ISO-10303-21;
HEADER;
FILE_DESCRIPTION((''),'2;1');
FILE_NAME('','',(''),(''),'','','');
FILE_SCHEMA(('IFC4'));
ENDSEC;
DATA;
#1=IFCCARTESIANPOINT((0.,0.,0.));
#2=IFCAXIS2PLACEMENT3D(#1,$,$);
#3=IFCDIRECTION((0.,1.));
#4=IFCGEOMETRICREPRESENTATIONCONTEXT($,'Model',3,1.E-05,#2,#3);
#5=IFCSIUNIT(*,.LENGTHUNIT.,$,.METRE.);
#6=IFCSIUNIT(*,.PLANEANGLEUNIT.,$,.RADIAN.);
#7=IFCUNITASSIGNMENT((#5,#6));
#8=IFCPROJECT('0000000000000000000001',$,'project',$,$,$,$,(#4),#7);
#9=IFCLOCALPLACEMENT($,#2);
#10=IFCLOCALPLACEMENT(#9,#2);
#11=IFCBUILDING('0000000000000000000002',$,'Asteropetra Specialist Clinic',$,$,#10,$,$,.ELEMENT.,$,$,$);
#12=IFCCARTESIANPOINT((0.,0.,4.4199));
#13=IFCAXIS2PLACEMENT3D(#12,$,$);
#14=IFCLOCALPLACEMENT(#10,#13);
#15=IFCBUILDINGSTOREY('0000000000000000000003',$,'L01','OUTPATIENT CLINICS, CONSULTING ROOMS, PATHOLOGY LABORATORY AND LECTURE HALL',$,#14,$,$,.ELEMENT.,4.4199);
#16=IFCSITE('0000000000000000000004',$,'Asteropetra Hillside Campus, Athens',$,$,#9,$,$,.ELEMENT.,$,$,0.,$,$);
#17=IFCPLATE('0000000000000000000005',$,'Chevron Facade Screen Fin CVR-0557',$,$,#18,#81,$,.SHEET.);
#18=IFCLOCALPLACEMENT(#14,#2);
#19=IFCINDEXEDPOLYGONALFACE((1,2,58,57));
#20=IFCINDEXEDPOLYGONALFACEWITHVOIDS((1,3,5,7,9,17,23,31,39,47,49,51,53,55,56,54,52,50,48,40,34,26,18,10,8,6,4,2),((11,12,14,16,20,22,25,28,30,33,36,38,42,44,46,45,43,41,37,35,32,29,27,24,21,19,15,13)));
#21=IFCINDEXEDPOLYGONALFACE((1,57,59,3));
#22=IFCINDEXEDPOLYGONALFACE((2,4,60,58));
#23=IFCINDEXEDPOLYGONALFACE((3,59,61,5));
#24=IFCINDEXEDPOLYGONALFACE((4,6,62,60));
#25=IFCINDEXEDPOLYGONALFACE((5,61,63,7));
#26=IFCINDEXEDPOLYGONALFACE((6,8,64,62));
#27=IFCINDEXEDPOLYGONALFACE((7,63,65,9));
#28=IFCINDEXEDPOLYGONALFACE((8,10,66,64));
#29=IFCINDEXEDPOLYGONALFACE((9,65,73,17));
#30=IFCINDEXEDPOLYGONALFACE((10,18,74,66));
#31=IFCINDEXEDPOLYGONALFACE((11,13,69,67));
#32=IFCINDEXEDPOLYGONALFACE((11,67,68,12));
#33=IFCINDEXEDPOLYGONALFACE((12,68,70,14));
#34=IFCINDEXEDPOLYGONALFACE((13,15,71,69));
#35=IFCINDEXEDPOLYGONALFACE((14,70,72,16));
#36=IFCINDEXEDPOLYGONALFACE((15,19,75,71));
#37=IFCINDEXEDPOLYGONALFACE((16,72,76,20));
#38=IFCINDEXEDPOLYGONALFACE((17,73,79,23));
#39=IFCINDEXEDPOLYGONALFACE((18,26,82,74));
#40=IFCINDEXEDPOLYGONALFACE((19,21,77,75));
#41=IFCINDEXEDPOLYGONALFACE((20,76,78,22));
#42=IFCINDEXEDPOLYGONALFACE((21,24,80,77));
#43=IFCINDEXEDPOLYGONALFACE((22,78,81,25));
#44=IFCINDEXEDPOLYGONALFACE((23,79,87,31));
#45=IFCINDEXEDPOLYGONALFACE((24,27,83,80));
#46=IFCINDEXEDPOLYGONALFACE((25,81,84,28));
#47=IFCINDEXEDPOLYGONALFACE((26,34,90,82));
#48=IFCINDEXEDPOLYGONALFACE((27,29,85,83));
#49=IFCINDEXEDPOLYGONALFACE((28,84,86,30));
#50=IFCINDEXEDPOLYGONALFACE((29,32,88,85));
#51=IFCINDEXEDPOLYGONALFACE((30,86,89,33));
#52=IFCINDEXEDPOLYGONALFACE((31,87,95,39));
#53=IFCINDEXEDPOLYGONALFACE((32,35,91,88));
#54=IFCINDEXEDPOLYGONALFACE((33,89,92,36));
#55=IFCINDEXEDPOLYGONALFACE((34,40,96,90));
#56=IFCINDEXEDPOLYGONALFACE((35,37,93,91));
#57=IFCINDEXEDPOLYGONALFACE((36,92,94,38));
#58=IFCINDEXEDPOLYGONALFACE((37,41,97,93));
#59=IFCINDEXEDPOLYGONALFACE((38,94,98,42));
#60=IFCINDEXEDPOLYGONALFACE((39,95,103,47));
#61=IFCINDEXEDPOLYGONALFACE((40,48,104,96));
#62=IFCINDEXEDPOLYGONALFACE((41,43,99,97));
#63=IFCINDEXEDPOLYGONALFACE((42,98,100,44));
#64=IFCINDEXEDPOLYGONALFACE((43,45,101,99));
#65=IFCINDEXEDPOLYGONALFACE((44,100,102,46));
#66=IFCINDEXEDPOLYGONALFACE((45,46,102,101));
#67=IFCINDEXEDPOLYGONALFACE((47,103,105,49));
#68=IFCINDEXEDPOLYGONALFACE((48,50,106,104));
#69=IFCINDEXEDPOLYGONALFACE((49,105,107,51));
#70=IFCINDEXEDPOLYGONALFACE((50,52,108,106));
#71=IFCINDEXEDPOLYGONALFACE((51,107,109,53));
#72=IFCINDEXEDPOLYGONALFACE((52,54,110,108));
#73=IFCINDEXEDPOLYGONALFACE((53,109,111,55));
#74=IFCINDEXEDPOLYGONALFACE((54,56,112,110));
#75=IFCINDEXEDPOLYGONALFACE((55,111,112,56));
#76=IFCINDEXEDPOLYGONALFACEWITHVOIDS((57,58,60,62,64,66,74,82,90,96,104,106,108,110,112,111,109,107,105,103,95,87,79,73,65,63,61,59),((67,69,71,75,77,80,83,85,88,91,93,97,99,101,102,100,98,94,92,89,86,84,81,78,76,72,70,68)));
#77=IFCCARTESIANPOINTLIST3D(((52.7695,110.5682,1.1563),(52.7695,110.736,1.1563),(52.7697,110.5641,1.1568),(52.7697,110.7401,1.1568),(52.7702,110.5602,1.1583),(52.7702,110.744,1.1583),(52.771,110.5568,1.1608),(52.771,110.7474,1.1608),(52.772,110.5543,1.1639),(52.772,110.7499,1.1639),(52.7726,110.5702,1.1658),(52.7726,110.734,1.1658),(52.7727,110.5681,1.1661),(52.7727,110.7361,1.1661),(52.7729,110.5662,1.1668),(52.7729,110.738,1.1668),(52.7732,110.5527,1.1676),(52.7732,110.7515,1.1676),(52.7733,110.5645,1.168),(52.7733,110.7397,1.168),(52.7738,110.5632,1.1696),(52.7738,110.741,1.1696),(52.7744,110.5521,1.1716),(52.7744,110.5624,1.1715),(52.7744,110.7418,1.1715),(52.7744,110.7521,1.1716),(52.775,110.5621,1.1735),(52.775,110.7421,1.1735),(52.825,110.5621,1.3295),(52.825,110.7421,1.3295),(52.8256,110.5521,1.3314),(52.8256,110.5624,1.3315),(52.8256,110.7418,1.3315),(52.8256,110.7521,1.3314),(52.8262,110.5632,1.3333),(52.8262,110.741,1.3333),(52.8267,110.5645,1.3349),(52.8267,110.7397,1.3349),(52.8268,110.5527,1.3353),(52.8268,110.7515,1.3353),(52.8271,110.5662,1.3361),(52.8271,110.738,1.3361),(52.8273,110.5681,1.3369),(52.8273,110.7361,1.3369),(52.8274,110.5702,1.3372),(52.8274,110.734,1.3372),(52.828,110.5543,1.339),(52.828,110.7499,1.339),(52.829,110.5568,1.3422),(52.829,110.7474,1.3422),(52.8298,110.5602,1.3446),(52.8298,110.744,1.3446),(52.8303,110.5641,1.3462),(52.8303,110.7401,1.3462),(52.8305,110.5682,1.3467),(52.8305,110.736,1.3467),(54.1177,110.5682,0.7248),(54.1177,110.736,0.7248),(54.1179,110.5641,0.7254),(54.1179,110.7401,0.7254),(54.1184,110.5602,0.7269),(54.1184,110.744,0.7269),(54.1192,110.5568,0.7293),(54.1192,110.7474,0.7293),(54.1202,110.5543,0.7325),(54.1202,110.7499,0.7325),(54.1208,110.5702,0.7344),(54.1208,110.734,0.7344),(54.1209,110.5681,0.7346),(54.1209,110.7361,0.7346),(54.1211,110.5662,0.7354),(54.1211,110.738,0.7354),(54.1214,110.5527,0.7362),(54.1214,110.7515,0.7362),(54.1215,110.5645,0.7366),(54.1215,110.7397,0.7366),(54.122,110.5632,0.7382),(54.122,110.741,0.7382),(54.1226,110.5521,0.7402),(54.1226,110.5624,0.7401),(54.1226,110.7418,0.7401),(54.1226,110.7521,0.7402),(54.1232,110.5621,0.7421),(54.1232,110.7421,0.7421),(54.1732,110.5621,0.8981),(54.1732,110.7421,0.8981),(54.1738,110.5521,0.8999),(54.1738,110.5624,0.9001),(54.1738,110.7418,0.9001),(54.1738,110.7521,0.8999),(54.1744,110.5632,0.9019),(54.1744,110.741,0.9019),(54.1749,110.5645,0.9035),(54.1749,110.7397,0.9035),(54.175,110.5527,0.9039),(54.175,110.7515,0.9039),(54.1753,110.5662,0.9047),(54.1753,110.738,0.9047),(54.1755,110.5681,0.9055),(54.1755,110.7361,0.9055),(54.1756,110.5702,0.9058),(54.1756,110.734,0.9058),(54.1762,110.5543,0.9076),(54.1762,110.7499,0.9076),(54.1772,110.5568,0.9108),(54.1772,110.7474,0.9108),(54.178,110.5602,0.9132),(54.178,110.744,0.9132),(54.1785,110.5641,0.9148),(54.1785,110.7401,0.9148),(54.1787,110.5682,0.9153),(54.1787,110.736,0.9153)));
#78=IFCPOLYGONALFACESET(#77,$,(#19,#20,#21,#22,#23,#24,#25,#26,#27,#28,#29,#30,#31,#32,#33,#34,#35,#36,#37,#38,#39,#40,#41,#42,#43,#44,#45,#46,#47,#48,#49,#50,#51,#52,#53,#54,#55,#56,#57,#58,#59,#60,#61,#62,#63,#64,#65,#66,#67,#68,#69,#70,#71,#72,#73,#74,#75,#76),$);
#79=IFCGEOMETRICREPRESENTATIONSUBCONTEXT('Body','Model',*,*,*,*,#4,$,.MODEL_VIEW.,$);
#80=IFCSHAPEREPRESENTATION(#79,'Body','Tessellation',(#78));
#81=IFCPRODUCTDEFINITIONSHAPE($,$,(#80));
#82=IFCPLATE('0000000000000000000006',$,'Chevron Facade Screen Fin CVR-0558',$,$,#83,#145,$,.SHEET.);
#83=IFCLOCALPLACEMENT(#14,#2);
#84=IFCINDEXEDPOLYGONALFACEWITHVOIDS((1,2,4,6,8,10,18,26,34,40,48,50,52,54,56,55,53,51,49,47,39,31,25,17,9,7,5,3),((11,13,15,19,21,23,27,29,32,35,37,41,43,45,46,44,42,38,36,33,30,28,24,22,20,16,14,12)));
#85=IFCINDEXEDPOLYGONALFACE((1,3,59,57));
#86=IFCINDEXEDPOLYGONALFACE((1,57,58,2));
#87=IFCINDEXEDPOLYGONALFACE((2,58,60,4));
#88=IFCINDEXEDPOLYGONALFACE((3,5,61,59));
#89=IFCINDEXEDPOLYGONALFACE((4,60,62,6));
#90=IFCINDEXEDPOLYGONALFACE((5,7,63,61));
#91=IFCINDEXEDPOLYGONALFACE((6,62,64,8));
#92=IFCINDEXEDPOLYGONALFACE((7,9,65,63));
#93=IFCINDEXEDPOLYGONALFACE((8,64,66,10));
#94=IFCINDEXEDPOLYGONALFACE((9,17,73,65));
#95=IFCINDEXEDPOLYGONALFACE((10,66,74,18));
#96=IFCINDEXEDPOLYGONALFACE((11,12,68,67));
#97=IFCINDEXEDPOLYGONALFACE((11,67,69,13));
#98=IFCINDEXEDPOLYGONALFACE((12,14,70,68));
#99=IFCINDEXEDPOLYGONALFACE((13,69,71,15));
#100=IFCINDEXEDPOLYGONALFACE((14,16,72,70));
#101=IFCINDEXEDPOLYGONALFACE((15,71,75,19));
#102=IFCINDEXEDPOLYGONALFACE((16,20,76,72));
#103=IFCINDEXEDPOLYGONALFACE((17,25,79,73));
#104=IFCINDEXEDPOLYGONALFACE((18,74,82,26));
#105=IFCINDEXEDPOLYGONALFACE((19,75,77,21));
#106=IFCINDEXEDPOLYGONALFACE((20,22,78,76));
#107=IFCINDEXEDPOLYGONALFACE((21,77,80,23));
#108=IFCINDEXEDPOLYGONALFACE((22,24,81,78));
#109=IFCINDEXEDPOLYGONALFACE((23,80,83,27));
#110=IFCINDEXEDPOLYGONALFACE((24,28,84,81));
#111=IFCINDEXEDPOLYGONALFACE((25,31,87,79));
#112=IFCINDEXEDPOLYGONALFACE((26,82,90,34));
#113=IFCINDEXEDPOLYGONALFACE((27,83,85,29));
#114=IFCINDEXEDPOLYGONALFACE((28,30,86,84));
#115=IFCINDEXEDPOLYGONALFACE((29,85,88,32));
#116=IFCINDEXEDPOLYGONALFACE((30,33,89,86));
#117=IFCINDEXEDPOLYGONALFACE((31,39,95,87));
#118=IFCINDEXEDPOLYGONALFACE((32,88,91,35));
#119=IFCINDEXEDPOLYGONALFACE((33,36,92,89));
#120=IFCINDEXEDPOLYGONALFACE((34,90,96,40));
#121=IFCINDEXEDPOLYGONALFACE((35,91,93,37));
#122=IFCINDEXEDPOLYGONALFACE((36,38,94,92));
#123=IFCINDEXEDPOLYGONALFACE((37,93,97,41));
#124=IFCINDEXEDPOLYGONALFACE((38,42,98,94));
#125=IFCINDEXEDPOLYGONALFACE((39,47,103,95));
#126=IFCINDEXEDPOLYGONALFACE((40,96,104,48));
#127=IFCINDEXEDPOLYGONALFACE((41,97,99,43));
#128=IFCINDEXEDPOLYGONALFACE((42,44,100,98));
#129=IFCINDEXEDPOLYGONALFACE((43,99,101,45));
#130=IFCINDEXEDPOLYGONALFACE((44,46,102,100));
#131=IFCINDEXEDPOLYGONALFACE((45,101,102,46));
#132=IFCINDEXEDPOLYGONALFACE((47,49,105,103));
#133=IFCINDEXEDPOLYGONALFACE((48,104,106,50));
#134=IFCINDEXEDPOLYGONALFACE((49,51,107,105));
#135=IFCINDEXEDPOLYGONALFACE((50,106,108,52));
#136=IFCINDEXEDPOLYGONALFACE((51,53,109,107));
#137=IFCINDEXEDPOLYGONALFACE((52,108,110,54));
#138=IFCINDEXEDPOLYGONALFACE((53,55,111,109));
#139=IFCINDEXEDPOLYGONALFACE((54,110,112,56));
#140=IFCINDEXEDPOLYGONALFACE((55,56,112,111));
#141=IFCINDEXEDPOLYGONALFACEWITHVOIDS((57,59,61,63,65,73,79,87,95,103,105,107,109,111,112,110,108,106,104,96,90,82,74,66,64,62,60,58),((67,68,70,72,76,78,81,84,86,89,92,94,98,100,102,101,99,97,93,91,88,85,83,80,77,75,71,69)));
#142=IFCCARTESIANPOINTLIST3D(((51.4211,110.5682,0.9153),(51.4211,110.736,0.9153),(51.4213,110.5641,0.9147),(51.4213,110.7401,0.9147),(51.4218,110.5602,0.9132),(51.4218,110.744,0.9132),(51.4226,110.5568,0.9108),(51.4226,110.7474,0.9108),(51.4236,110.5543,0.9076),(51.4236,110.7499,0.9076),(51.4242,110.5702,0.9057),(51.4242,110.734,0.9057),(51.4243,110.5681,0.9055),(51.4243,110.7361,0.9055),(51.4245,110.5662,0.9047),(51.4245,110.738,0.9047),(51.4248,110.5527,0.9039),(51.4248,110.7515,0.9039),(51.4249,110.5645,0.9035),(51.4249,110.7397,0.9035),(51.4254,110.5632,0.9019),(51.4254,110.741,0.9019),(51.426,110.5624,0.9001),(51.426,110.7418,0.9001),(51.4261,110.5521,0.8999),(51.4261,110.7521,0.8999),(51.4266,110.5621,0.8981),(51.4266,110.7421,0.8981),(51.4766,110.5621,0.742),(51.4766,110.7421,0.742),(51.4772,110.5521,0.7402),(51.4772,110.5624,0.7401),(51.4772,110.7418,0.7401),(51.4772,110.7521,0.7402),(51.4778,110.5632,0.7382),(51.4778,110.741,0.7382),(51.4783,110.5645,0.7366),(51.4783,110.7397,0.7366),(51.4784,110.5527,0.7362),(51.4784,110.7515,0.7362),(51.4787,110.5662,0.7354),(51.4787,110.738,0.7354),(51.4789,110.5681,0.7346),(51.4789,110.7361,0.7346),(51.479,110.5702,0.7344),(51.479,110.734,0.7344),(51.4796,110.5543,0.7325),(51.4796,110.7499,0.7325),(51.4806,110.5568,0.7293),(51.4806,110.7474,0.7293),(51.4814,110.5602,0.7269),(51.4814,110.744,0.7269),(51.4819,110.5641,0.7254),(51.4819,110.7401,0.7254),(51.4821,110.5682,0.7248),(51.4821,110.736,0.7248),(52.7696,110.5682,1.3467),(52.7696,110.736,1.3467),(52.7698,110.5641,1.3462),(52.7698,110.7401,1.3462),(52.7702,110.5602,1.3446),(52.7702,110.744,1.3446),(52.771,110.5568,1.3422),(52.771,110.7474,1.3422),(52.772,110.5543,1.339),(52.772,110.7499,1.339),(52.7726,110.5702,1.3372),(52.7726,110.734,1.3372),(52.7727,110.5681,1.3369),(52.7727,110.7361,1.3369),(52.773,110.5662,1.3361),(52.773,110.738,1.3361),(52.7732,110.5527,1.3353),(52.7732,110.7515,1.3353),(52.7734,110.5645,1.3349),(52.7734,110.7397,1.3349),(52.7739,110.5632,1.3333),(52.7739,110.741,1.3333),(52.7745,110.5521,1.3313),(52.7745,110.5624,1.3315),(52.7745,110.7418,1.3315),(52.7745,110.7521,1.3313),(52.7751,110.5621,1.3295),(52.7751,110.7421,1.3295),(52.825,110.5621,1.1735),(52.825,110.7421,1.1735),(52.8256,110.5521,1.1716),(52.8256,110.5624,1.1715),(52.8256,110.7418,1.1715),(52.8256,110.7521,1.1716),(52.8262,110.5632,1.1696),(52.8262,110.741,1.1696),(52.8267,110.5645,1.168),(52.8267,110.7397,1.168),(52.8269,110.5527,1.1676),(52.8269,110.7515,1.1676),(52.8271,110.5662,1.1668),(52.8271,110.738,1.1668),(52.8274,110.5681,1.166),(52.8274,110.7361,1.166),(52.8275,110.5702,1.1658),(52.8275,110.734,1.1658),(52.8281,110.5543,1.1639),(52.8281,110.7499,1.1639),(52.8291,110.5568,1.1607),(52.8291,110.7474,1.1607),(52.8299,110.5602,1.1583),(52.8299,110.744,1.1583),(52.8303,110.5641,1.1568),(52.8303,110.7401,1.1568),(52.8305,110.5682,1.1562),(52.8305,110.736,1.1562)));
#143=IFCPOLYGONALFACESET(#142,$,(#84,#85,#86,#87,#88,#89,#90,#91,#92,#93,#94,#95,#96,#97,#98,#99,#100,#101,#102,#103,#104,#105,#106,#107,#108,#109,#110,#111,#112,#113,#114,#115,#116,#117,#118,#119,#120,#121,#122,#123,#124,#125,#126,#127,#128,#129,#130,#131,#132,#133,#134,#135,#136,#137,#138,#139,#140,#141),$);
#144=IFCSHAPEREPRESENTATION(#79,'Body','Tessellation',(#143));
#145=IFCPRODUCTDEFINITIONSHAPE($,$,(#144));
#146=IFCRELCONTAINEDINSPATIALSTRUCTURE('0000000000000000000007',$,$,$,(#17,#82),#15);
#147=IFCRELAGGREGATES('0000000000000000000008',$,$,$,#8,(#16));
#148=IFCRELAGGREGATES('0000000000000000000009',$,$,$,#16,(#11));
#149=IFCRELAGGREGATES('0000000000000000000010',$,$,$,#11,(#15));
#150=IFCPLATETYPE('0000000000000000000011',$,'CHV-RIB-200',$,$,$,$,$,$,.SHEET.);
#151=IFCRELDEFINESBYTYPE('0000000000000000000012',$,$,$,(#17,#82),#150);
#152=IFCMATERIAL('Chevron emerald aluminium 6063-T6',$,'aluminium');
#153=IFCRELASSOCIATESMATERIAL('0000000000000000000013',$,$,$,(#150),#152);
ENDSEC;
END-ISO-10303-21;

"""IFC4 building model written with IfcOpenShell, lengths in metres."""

from ifc_helpers import new_model, si_unit, direction, frame, origin, origin_2d, place, context, subcontext, project, spatial, hollow_rectangle, extrude, material, material_profile, profile_set, type_object, element, save


model = new_model("IFC4")

# Units and contexts
model_context = context("Model", 3, precision=1e-05, world=origin(), true_north=direction((0.0, 1.0)))
body_context = subcontext(model_context, "Body", "Model", "MODEL_VIEW")
ifc_project = project(units=[si_unit("LENGTHUNIT", "METRE"), si_unit("PLANEANGLEUNIT", "RADIAN")], contexts=[model_context])

# Site, building, storey
site_placement = place(None, origin())
site = spatial("IfcSite", under=ifc_project, at=site_placement, Name="Asteropetra Hillside Campus, Athens", CompositionType="ELEMENT", RefElevation=0.0)
building_placement = place(site_placement, origin())
building = spatial("IfcBuilding", under=site, at=building_placement, Name="Asteropetra Specialist Clinic", CompositionType="ELEMENT")
storey_placement = place(building_placement, frame((0.0, 0.0, 4.4199)))
storey = spatial("IfcBuildingStorey", under=building, at=storey_placement, Name="L01", Description="OUTPATIENT CLINICS, CONSULTING ROOMS, PATHOLOGY LABORATORY AND LECTURE HALL", CompositionType="ELEMENT", Elevation=4.4199)

# Plates
ifc_material_1 = material(Name="Chevron emerald aluminium 6063-T6", Category="aluminium")
ifc_material_profile = material_profile(ifc_material_1, hollow_rectangle(XDim=0.2, YDim=0.2, WallThickness=0.01, InnerFilletRadius=0.0081, OuterFilletRadius=0.0161, at=origin_2d()), Name="SHS 200x200x10.0")
ifc_profile_set = profile_set([ifc_material_profile], Name="Chevron emerald aluminium 6063-T6")
plate_type_1 = type_object("IfcPlateType", Name="CHV-RIB-200", PredefinedType="SHEET", material=ifc_profile_set)
for number, where, z_axis, x_axis, name in (
    (1, (54.1482, 110.6521, 0.8201), (-0.952426, 0.0, 0.304769), (0.0, -1.0, 0.0), "Chevron Facade Screen Fin CVR-0557"),
):
    element("IfcPlate", number, at=place(storey_placement, frame(where, z_axis=z_axis, x_axis=x_axis)), inside=storey, type_object=plate_type_1, Name=name, PredefinedType="SHEET", context=body_context, shape_type="SweptSolid", body=[
        extrude(hollow_rectangle(XDim=0.2, YDim=0.2, WallThickness=0.01, InnerFilletRadius=0.0081, OuterFilletRadius=0.0161, at=origin_2d()), origin(), (0.0, 0.0, 1.0), 1.4155),
    ])
plate_1_placement = place(storey_placement, frame((52.8, 110.6521, 1.2515), z_axis=(-0.952442, 0.0, -0.304719), x_axis=(0.0, -1.0, 0.0)))
element("IfcPlate", 2, at=plate_1_placement, inside=storey, type_object=plate_type_1, Name="Chevron Facade Screen Fin CVR-0558", PredefinedType="SHEET", context=body_context, shape_type="SweptSolid", body=[
    extrude(hollow_rectangle(XDim=0.2, YDim=0.2, WallThickness=0.01, InnerFilletRadius=0.0081, OuterFilletRadius=0.0161, at=origin_2d()), origin(), (0.0, 0.0, 1.0), 1.4158),
])

save(model, "model.ifc")
